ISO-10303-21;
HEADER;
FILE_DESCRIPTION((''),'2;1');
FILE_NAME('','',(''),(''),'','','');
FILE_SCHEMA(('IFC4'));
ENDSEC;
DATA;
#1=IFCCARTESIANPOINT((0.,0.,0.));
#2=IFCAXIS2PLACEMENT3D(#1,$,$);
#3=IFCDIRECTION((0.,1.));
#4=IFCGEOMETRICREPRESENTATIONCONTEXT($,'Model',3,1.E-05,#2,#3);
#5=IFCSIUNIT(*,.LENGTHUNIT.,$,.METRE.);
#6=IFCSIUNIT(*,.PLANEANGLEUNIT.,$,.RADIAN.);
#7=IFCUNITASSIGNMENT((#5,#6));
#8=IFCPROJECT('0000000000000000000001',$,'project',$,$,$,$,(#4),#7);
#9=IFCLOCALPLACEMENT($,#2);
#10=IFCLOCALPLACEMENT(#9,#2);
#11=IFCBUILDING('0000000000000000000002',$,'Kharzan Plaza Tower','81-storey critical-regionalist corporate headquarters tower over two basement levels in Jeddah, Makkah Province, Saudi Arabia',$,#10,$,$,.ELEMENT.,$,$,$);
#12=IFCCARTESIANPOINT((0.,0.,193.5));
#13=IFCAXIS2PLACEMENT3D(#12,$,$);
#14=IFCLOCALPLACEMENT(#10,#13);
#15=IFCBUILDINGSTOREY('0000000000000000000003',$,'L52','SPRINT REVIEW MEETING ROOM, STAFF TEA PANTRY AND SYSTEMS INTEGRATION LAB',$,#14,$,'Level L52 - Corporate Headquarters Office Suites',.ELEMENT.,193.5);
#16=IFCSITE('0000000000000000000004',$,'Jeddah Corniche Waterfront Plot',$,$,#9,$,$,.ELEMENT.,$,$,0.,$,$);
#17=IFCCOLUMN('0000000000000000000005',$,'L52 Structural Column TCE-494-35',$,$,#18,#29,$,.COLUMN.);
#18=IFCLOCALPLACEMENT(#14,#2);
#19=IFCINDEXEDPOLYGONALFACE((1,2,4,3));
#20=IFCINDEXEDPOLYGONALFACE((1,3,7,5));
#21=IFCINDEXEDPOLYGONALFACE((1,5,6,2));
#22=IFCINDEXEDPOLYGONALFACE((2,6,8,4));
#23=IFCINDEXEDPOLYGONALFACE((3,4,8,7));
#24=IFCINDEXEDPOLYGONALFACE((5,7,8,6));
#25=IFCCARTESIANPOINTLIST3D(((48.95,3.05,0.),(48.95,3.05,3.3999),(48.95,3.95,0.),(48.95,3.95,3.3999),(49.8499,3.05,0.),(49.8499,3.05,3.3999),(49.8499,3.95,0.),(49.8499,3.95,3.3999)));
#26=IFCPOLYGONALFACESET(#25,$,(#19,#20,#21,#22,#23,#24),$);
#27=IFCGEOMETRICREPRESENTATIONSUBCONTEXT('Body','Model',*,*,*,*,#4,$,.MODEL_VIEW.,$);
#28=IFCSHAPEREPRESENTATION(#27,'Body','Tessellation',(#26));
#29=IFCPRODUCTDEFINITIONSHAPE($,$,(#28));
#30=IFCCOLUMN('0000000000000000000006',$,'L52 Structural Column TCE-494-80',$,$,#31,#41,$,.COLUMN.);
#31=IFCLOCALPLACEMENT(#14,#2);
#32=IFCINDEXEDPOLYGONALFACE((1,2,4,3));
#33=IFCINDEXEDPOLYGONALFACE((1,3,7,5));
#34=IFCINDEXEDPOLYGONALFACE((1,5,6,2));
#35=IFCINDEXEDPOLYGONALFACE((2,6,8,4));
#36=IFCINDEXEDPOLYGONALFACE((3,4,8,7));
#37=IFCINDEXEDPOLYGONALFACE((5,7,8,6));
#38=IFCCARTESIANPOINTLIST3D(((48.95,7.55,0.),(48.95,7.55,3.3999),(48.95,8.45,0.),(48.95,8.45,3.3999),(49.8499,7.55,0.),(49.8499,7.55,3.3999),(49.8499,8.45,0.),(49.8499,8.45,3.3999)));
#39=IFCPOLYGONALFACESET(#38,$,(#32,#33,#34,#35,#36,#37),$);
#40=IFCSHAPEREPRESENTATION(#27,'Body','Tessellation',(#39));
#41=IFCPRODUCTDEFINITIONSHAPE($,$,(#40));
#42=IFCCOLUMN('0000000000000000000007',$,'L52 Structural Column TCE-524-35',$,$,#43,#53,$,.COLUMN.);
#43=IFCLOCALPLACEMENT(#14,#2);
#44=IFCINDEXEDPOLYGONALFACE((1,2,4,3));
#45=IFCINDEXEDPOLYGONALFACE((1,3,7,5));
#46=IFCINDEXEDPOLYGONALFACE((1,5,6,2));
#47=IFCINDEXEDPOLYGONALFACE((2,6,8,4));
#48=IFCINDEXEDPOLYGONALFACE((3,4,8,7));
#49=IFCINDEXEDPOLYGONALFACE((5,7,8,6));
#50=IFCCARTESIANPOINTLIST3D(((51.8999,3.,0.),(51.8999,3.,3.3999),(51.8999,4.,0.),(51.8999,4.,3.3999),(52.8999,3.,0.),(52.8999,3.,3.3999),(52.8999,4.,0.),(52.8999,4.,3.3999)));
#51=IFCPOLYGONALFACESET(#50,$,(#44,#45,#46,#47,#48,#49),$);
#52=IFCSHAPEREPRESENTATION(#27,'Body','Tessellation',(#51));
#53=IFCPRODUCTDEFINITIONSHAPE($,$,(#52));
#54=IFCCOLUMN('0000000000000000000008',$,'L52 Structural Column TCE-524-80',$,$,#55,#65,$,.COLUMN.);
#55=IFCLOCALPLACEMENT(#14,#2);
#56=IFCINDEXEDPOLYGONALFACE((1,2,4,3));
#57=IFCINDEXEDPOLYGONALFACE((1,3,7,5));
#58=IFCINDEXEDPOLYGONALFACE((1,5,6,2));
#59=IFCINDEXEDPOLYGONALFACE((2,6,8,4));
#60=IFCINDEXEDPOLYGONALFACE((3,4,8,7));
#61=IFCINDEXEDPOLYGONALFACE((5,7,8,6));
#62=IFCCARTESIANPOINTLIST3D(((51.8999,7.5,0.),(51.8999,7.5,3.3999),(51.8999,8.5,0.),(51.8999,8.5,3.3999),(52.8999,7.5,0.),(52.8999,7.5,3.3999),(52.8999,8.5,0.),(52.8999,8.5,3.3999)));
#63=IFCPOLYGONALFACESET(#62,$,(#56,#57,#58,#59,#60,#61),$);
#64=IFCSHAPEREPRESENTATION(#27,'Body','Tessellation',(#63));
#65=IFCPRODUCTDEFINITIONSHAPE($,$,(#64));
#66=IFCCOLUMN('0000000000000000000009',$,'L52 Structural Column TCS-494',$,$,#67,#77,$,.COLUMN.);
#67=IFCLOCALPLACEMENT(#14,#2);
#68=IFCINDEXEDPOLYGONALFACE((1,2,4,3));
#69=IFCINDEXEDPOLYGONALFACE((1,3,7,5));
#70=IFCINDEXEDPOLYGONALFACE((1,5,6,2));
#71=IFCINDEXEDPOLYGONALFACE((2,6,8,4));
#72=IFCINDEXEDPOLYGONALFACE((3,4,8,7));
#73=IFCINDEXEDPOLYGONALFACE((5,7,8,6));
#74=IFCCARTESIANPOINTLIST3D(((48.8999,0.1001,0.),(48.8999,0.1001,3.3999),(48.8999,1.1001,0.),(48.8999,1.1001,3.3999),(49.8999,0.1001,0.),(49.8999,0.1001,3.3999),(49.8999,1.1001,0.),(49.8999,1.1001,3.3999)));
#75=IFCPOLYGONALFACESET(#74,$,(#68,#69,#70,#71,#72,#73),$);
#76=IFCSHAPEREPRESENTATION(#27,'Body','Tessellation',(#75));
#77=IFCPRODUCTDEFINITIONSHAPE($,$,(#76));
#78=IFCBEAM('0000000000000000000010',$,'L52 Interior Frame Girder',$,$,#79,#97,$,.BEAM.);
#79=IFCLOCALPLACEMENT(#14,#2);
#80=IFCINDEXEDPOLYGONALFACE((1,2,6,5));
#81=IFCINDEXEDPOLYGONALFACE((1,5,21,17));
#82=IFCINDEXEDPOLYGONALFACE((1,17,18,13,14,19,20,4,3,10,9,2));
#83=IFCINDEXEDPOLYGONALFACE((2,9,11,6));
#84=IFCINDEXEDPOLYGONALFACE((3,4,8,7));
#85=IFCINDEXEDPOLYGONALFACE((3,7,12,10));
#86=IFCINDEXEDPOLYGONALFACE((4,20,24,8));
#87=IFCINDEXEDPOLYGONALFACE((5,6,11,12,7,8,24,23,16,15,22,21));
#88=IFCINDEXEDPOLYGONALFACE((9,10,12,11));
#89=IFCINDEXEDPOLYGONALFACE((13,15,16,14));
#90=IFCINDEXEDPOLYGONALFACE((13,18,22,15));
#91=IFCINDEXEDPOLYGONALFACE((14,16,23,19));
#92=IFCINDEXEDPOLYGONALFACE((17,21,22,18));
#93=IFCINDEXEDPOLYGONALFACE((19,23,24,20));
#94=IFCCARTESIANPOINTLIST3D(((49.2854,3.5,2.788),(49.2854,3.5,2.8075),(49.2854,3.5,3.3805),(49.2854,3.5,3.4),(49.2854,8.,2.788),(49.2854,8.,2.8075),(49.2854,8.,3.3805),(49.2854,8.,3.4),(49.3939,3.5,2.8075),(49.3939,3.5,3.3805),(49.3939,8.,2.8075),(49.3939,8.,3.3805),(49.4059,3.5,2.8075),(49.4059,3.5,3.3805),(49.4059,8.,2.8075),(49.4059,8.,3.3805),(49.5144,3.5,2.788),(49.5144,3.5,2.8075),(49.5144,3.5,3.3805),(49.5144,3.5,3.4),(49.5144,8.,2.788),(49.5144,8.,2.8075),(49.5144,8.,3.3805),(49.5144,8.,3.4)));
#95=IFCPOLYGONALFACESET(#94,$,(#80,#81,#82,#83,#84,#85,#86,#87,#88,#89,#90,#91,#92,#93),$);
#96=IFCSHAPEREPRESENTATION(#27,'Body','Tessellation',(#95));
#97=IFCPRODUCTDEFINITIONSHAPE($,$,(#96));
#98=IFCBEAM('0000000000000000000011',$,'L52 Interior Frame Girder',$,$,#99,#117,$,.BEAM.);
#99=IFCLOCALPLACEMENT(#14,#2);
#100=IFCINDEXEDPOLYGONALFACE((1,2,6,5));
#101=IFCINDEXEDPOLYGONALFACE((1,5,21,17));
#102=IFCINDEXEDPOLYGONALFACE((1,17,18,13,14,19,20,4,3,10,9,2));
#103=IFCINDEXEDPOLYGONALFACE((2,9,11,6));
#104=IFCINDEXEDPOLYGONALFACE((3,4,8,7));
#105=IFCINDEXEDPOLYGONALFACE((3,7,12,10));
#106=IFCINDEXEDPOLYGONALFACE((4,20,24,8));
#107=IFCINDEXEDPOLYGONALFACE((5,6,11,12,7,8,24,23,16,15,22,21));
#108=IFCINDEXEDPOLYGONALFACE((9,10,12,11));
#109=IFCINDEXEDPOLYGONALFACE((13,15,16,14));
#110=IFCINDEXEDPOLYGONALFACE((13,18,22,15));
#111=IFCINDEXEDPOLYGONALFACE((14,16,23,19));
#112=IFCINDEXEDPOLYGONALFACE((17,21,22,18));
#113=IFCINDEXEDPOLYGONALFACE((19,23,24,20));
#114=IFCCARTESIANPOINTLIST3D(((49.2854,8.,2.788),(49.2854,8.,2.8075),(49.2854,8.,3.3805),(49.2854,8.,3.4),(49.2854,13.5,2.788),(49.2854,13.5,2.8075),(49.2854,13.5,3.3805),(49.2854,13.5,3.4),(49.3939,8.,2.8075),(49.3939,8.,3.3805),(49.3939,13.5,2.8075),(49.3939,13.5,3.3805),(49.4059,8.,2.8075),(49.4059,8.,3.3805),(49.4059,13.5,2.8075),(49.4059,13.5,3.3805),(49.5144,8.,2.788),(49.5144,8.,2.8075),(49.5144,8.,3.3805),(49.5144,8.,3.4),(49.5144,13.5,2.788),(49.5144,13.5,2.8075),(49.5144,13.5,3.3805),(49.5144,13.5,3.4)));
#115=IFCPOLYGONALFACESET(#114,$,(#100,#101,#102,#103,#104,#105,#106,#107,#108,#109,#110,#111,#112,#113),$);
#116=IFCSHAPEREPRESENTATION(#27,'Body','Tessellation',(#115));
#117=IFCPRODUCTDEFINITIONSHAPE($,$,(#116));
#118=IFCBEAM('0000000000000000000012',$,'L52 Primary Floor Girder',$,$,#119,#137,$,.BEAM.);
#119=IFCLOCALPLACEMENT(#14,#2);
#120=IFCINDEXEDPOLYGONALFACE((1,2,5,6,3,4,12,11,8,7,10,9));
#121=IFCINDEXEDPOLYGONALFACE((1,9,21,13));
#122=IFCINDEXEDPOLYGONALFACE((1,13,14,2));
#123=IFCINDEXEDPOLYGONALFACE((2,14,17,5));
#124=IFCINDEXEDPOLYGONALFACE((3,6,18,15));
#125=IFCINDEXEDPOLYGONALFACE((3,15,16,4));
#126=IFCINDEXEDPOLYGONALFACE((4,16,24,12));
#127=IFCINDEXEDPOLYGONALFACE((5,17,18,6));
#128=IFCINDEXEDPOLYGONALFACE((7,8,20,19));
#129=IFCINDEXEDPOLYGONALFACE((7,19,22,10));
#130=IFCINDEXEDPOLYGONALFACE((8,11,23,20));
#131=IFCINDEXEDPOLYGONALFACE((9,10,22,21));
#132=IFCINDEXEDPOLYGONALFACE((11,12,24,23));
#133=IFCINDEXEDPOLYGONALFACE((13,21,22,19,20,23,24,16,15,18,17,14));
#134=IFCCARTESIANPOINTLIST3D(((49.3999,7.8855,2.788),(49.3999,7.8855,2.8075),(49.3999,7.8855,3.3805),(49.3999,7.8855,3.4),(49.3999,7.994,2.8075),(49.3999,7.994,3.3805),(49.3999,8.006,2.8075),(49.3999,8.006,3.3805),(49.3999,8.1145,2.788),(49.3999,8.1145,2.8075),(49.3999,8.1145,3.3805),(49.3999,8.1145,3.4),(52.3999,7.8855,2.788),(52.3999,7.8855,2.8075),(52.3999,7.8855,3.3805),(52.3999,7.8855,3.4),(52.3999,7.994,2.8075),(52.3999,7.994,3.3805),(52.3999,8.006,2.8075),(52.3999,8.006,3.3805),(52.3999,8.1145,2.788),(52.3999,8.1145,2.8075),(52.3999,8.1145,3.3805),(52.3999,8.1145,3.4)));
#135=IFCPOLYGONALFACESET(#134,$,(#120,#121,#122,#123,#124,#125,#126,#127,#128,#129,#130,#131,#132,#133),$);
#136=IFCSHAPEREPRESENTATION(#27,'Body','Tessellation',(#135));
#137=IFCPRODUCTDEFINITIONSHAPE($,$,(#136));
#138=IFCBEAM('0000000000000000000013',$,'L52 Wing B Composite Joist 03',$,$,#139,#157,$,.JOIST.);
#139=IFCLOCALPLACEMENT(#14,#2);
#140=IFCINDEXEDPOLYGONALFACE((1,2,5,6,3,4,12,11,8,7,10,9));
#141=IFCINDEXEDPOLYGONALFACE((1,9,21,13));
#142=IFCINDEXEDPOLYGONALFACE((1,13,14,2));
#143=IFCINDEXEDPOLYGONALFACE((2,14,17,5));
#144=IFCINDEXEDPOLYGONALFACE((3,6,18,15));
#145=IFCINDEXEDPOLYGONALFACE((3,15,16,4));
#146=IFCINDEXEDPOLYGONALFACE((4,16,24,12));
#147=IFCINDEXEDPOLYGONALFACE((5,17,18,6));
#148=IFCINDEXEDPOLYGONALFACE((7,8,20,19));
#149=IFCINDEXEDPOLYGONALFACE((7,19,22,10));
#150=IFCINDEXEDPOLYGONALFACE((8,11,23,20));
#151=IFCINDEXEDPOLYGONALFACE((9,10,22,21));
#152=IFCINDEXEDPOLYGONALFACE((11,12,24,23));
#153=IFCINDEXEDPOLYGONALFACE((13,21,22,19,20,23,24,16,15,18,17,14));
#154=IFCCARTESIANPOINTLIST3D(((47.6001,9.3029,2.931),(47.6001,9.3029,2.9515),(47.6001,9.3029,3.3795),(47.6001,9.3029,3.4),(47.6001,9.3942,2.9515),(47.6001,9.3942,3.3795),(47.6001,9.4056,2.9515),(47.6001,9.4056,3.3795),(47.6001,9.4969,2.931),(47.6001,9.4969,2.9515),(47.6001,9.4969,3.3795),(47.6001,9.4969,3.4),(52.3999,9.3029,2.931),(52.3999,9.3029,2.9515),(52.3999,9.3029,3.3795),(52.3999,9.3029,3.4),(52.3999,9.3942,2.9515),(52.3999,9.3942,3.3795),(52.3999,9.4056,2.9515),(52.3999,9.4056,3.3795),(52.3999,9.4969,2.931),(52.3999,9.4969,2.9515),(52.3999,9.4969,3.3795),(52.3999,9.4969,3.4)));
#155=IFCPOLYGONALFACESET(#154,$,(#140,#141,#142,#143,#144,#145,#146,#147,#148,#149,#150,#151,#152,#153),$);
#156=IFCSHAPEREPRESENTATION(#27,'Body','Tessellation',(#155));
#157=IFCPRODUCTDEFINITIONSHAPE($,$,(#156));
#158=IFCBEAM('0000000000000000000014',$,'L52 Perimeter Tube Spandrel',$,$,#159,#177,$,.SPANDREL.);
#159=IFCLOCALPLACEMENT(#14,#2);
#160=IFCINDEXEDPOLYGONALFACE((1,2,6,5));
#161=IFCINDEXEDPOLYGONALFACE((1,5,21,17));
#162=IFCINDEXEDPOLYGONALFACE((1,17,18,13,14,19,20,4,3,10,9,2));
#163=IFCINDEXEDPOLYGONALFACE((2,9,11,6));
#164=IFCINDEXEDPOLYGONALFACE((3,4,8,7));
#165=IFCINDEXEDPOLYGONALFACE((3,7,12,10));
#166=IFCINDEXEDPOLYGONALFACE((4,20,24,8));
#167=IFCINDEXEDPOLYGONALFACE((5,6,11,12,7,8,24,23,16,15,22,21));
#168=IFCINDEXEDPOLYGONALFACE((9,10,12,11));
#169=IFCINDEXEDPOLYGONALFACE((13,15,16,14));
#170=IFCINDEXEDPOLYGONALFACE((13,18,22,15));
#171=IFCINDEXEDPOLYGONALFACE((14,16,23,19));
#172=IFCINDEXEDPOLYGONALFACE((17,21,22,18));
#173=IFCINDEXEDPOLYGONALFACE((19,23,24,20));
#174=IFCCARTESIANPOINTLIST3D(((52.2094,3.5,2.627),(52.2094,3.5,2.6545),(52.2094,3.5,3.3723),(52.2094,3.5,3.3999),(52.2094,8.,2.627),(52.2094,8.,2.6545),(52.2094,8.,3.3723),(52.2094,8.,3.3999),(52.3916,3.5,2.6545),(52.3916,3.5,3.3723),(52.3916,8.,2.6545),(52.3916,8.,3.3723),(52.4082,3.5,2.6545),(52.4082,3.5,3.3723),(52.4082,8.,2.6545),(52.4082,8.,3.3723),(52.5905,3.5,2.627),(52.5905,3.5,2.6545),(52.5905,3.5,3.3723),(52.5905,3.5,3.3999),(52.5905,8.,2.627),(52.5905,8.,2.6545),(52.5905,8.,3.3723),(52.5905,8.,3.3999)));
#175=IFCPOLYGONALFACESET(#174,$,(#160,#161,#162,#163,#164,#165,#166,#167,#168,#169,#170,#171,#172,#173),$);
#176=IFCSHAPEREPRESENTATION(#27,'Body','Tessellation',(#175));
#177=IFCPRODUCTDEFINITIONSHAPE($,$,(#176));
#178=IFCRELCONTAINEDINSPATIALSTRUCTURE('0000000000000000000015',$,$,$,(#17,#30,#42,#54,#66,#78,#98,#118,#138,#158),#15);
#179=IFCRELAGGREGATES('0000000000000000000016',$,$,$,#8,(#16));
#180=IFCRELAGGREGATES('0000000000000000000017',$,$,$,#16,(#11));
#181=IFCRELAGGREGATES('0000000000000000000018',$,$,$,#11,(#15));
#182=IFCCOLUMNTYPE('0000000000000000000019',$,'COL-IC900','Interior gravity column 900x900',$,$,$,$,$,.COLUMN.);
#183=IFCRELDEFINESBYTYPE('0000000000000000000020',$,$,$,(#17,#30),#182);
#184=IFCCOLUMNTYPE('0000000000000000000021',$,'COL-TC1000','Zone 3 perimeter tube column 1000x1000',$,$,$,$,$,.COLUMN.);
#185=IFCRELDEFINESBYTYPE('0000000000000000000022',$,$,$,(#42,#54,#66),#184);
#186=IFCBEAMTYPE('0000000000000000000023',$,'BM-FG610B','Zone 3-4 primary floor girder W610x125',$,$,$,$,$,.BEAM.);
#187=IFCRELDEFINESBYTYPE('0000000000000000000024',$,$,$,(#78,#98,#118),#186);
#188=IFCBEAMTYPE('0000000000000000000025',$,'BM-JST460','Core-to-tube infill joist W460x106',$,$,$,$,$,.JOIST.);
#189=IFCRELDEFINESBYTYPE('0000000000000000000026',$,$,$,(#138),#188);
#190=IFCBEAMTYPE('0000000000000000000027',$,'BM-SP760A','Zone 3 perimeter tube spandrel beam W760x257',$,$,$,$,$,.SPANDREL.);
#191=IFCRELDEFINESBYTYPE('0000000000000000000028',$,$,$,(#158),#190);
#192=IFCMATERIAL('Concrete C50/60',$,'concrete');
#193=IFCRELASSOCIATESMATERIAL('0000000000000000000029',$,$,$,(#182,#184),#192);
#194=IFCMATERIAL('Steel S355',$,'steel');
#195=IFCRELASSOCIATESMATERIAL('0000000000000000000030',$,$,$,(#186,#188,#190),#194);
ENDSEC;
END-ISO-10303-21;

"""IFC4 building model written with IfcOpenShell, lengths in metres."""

from ifc_helpers import new_model, si_unit, direction, frame, origin, origin_2d, place, context, subcontext, project, spatial, rectangle, i_section, extrude, source, transform, mapped, material, material_profile, profile_set, type_object, element, save


model = new_model("IFC4")

# Units and contexts
model_context = context("Model", 3, precision=1e-05, world=origin(), true_north=direction((0.0, 1.0)))
body_context = subcontext(model_context, "Body", "Model", "MODEL_VIEW")
ifc_project = project(units=[si_unit("LENGTHUNIT", "METRE"), si_unit("PLANEANGLEUNIT", "RADIAN")], contexts=[model_context])

# Site, building, storey
site_placement = place(None, origin())
site = spatial("IfcSite", under=ifc_project, at=site_placement, Name="Jeddah Corniche Waterfront Plot", CompositionType="ELEMENT", RefElevation=0.0)
building_placement = place(site_placement, origin())
building = spatial("IfcBuilding", under=site, at=building_placement, Name="Kharzan Plaza Tower", Description="81-storey critical-regionalist corporate headquarters tower over two basement levels in Jeddah, Makkah Province, Saudi Arabia", CompositionType="ELEMENT")
storey_placement = place(building_placement, frame((0.0, 0.0, 193.5)))
storey = spatial("IfcBuildingStorey", under=building, at=storey_placement, Name="L52", Description="SPRINT REVIEW MEETING ROOM, STAFF TEA PANTRY AND SYSTEMS INTEGRATION LAB", LongName="Level L52 - Corporate Headquarters Office Suites", CompositionType="ELEMENT", Elevation=193.5)

# Columns
ifc_material_1 = material(Name="Concrete C50/60", Category="concrete")
ifc_material_profile_1 = material_profile(ifc_material_1, rectangle(XDim=0.8999, YDim=0.8999, at=origin_2d()), Name="RC-IC900x900")
ifc_profile_set_1 = profile_set([ifc_material_profile_1], Name="Concrete C50/60")
column_type_1 = type_object("IfcColumnType", Name="COL-IC900", Description="Interior gravity column 900x900", PredefinedType="COLUMN", material=ifc_profile_set_1)
shared_shape_1 = source(origin(), body_context, "Body", "SweptSolid", [
    extrude(rectangle(XDim=0.8999, YDim=0.8999, at=origin_2d()), origin(), (0.0, 0.0, 1.0), 3.3999),
])
for number, where, z_axis, x_axis, name in (
    (1, (49.3999, 3.5, 0.0), (0.0, 0.0, 1.0), (1.0, 0.0, 0.0), "L52 Structural Column TCE-494-35"),
    (2, (49.3999, 8.0, 0.0), (0.0, 0.0, 1.0), (1.0, 0.0, 0.0), "L52 Structural Column TCE-494-80"),
):
    element("IfcColumn", number, at=place(storey_placement, frame(where, z_axis=z_axis, x_axis=x_axis)), inside=storey, type_object=column_type_1, Name=name, PredefinedType="COLUMN", context=body_context, shape_type="MappedRepresentation", body=[
        mapped(shared_shape_1, transform((0.0, 0.0, 0.0), x_axis=(1.0, 0.0, 0.0), y_axis=(0.0, 1.0, 0.0), z_axis=(0.0, 0.0, 1.0))),
    ])
ifc_material_profile_2 = material_profile(ifc_material_1, rectangle(XDim=1.0, YDim=1.0, at=origin_2d()), Name="RC-TC1000x1000")
ifc_profile_set_2 = profile_set([ifc_material_profile_2], Name="Concrete C50/60")
column_type_2 = type_object("IfcColumnType", Name="COL-TC1000", Description="Zone 3 perimeter tube column 1000x1000", PredefinedType="COLUMN", material=ifc_profile_set_2)
shared_shape_2 = source(origin(), body_context, "Body", "SweptSolid", [
    extrude(rectangle(XDim=1.0, YDim=1.0, at=origin_2d()), origin(), (0.0, 0.0, 1.0), 3.3999),
])
for number, where, z_axis, x_axis, name in (
    (3, (52.3999, 3.5, 0.0), (0.0, 0.0, 1.0), (1.0, 0.0, 0.0), "L52 Structural Column TCE-524-35"),
    (4, (52.3999, 8.0, 0.0), (0.0, 0.0, 1.0), (1.0, 0.0, 0.0), "L52 Structural Column TCE-524-80"),
    (5, (49.3999, 0.6001, 0.0), (0.0, 0.0, 1.0), (1.0, 0.0, 0.0), "L52 Structural Column TCS-494"),
):
    element("IfcColumn", number, at=place(storey_placement, frame(where, z_axis=z_axis, x_axis=x_axis)), inside=storey, type_object=column_type_2, Name=name, PredefinedType="COLUMN", context=body_context, shape_type="MappedRepresentation", body=[
        mapped(shared_shape_2, transform((0.0, 0.0, 0.0), x_axis=(1.0, 0.0, 0.0), y_axis=(0.0, 1.0, 0.0), z_axis=(0.0, 0.0, 1.0))),
    ])

# Beams
ifc_material_2 = material(Name="Steel S355", Category="steel")
ifc_material_profile_3 = material_profile(ifc_material_2, i_section(OverallWidth=0.229, OverallDepth=0.6121, WebThickness=0.012, FlangeThickness=0.0195, at=origin_2d()), Name="W610x125")
ifc_profile_set_3 = profile_set([ifc_material_profile_3], Name="Steel S355")
beam_type_1 = type_object("IfcBeamType", Name="BM-FG610B", Description="Zone 3-4 primary floor girder W610x125", PredefinedType="BEAM", material=ifc_profile_set_3)
shared_shape_3 = source(origin(), body_context, "Body", "SweptSolid", [
    extrude(i_section(OverallWidth=0.229, OverallDepth=0.6121, WebThickness=0.012, FlangeThickness=0.0195, at=origin_2d()), origin(), (0.0, 0.0, 1.0), 4.5),
])
beam_1_placement = place(storey_placement, frame((49.3999, 3.5, 3.094), z_axis=(0.0, 1.0, 0.0), x_axis=(-1.0, 0.0, 0.0)))
element("IfcBeam", 6, at=beam_1_placement, inside=storey, type_object=beam_type_1, Name="L52 Interior Frame Girder", PredefinedType="BEAM", context=body_context, shape_type="MappedRepresentation", body=[
    mapped(shared_shape_3, transform((0.0, 0.0, 0.0), x_axis=(1.0, 0.0, 0.0), y_axis=(0.0, 1.0, 0.0), z_axis=(0.0, 0.0, 1.0))),
])
shared_shape_4 = source(origin(), body_context, "Body", "SweptSolid", [
    extrude(i_section(OverallWidth=0.229, OverallDepth=0.6121, WebThickness=0.012, FlangeThickness=0.0195, at=origin_2d()), origin(), (0.0, 0.0, 1.0), 5.5),
])
beam_2_placement = place(storey_placement, frame((49.3999, 8.0, 3.094), z_axis=(0.0, 1.0, 0.0), x_axis=(-1.0, 0.0, 0.0)))
element("IfcBeam", 7, at=beam_2_placement, inside=storey, type_object=beam_type_1, Name="L52 Interior Frame Girder", PredefinedType="BEAM", context=body_context, shape_type="MappedRepresentation", body=[
    mapped(shared_shape_4, transform((0.0, 0.0, 0.0), x_axis=(1.0, 0.0, 0.0), y_axis=(0.0, 1.0, 0.0), z_axis=(0.0, 0.0, 1.0))),
])
shared_shape_5 = source(origin(), body_context, "Body", "SweptSolid", [
    extrude(i_section(OverallWidth=0.229, OverallDepth=0.6121, WebThickness=0.012, FlangeThickness=0.0195, at=origin_2d()), origin(), (0.0, 0.0, 1.0), 3.0),
])
beam_3_placement = place(storey_placement, frame((49.3999, 8.0, 3.094), z_axis=(1.0, 0.0, 0.0), x_axis=(0.0, 1.0, 0.0)))
element("IfcBeam", 8, at=beam_3_placement, inside=storey, type_object=beam_type_1, Name="L52 Primary Floor Girder", PredefinedType="BEAM", context=body_context, shape_type="MappedRepresentation", body=[
    mapped(shared_shape_5, transform((0.0, 0.0, 0.0), x_axis=(1.0, 0.0, 0.0), y_axis=(0.0, 1.0, 0.0), z_axis=(0.0, 0.0, 1.0))),
])
ifc_material_profile_4 = material_profile(ifc_material_2, i_section(OverallWidth=0.1941, OverallDepth=0.469, WebThickness=0.0115, FlangeThickness=0.0205, at=origin_2d()), Name="W460x106")
ifc_profile_set_4 = profile_set([ifc_material_profile_4], Name="Steel S355")
beam_type_2 = type_object("IfcBeamType", Name="BM-JST460", Description="Core-to-tube infill joist W460x106", PredefinedType="JOIST", material=ifc_profile_set_4)
shared_shape_6 = source(origin(), body_context, "Body", "SweptSolid", [
    extrude(i_section(OverallWidth=0.1941, OverallDepth=0.469, WebThickness=0.0115, FlangeThickness=0.0205, at=origin_2d()), origin(), (0.0, 0.0, 1.0), 4.7998),
])
beam_4_placement = place(storey_placement, frame((47.6001, 9.3999, 3.1655), z_axis=(1.0, 0.0, 0.0), x_axis=(0.0, 1.0, 0.0)))
element("IfcBeam", 9, at=beam_4_placement, inside=storey, type_object=beam_type_2, Name="L52 Wing B Composite Joist 03", PredefinedType="JOIST", context=body_context, shape_type="MappedRepresentation", body=[
    mapped(shared_shape_6, transform((0.0, 0.0, 0.0), x_axis=(1.0, 0.0, 0.0), y_axis=(0.0, 1.0, 0.0), z_axis=(0.0, 0.0, 1.0))),
])
ifc_material_profile_5 = material_profile(ifc_material_2, i_section(OverallWidth=0.3811, OverallDepth=0.7729, WebThickness=0.0166, FlangeThickness=0.0276, at=origin_2d()), Name="W760x257")
ifc_profile_set_5 = profile_set([ifc_material_profile_5], Name="Steel S355")
beam_type_3 = type_object("IfcBeamType", Name="BM-SP760A", Description="Zone 3 perimeter tube spandrel beam W760x257", PredefinedType="SPANDREL", material=ifc_profile_set_5)
shared_shape_7 = source(origin(), body_context, "Body", "SweptSolid", [
    extrude(i_section(OverallWidth=0.3811, OverallDepth=0.7729, WebThickness=0.0166, FlangeThickness=0.0276, at=origin_2d()), origin(), (0.0, 0.0, 1.0), 4.5),
])
beam_5_placement = place(storey_placement, frame((52.3999, 3.5, 3.0134), z_axis=(0.0, 1.0, 0.0), x_axis=(-1.0, 0.0, 0.0)))
element("IfcBeam", 10, at=beam_5_placement, inside=storey, type_object=beam_type_3, Name="L52 Perimeter Tube Spandrel", PredefinedType="SPANDREL", context=body_context, shape_type="MappedRepresentation", body=[
    mapped(shared_shape_7, transform((0.0, 0.0, 0.0), x_axis=(1.0, 0.0, 0.0), y_axis=(0.0, 1.0, 0.0), z_axis=(0.0, 0.0, 1.0))),
])

save(model, "model.ifc")
